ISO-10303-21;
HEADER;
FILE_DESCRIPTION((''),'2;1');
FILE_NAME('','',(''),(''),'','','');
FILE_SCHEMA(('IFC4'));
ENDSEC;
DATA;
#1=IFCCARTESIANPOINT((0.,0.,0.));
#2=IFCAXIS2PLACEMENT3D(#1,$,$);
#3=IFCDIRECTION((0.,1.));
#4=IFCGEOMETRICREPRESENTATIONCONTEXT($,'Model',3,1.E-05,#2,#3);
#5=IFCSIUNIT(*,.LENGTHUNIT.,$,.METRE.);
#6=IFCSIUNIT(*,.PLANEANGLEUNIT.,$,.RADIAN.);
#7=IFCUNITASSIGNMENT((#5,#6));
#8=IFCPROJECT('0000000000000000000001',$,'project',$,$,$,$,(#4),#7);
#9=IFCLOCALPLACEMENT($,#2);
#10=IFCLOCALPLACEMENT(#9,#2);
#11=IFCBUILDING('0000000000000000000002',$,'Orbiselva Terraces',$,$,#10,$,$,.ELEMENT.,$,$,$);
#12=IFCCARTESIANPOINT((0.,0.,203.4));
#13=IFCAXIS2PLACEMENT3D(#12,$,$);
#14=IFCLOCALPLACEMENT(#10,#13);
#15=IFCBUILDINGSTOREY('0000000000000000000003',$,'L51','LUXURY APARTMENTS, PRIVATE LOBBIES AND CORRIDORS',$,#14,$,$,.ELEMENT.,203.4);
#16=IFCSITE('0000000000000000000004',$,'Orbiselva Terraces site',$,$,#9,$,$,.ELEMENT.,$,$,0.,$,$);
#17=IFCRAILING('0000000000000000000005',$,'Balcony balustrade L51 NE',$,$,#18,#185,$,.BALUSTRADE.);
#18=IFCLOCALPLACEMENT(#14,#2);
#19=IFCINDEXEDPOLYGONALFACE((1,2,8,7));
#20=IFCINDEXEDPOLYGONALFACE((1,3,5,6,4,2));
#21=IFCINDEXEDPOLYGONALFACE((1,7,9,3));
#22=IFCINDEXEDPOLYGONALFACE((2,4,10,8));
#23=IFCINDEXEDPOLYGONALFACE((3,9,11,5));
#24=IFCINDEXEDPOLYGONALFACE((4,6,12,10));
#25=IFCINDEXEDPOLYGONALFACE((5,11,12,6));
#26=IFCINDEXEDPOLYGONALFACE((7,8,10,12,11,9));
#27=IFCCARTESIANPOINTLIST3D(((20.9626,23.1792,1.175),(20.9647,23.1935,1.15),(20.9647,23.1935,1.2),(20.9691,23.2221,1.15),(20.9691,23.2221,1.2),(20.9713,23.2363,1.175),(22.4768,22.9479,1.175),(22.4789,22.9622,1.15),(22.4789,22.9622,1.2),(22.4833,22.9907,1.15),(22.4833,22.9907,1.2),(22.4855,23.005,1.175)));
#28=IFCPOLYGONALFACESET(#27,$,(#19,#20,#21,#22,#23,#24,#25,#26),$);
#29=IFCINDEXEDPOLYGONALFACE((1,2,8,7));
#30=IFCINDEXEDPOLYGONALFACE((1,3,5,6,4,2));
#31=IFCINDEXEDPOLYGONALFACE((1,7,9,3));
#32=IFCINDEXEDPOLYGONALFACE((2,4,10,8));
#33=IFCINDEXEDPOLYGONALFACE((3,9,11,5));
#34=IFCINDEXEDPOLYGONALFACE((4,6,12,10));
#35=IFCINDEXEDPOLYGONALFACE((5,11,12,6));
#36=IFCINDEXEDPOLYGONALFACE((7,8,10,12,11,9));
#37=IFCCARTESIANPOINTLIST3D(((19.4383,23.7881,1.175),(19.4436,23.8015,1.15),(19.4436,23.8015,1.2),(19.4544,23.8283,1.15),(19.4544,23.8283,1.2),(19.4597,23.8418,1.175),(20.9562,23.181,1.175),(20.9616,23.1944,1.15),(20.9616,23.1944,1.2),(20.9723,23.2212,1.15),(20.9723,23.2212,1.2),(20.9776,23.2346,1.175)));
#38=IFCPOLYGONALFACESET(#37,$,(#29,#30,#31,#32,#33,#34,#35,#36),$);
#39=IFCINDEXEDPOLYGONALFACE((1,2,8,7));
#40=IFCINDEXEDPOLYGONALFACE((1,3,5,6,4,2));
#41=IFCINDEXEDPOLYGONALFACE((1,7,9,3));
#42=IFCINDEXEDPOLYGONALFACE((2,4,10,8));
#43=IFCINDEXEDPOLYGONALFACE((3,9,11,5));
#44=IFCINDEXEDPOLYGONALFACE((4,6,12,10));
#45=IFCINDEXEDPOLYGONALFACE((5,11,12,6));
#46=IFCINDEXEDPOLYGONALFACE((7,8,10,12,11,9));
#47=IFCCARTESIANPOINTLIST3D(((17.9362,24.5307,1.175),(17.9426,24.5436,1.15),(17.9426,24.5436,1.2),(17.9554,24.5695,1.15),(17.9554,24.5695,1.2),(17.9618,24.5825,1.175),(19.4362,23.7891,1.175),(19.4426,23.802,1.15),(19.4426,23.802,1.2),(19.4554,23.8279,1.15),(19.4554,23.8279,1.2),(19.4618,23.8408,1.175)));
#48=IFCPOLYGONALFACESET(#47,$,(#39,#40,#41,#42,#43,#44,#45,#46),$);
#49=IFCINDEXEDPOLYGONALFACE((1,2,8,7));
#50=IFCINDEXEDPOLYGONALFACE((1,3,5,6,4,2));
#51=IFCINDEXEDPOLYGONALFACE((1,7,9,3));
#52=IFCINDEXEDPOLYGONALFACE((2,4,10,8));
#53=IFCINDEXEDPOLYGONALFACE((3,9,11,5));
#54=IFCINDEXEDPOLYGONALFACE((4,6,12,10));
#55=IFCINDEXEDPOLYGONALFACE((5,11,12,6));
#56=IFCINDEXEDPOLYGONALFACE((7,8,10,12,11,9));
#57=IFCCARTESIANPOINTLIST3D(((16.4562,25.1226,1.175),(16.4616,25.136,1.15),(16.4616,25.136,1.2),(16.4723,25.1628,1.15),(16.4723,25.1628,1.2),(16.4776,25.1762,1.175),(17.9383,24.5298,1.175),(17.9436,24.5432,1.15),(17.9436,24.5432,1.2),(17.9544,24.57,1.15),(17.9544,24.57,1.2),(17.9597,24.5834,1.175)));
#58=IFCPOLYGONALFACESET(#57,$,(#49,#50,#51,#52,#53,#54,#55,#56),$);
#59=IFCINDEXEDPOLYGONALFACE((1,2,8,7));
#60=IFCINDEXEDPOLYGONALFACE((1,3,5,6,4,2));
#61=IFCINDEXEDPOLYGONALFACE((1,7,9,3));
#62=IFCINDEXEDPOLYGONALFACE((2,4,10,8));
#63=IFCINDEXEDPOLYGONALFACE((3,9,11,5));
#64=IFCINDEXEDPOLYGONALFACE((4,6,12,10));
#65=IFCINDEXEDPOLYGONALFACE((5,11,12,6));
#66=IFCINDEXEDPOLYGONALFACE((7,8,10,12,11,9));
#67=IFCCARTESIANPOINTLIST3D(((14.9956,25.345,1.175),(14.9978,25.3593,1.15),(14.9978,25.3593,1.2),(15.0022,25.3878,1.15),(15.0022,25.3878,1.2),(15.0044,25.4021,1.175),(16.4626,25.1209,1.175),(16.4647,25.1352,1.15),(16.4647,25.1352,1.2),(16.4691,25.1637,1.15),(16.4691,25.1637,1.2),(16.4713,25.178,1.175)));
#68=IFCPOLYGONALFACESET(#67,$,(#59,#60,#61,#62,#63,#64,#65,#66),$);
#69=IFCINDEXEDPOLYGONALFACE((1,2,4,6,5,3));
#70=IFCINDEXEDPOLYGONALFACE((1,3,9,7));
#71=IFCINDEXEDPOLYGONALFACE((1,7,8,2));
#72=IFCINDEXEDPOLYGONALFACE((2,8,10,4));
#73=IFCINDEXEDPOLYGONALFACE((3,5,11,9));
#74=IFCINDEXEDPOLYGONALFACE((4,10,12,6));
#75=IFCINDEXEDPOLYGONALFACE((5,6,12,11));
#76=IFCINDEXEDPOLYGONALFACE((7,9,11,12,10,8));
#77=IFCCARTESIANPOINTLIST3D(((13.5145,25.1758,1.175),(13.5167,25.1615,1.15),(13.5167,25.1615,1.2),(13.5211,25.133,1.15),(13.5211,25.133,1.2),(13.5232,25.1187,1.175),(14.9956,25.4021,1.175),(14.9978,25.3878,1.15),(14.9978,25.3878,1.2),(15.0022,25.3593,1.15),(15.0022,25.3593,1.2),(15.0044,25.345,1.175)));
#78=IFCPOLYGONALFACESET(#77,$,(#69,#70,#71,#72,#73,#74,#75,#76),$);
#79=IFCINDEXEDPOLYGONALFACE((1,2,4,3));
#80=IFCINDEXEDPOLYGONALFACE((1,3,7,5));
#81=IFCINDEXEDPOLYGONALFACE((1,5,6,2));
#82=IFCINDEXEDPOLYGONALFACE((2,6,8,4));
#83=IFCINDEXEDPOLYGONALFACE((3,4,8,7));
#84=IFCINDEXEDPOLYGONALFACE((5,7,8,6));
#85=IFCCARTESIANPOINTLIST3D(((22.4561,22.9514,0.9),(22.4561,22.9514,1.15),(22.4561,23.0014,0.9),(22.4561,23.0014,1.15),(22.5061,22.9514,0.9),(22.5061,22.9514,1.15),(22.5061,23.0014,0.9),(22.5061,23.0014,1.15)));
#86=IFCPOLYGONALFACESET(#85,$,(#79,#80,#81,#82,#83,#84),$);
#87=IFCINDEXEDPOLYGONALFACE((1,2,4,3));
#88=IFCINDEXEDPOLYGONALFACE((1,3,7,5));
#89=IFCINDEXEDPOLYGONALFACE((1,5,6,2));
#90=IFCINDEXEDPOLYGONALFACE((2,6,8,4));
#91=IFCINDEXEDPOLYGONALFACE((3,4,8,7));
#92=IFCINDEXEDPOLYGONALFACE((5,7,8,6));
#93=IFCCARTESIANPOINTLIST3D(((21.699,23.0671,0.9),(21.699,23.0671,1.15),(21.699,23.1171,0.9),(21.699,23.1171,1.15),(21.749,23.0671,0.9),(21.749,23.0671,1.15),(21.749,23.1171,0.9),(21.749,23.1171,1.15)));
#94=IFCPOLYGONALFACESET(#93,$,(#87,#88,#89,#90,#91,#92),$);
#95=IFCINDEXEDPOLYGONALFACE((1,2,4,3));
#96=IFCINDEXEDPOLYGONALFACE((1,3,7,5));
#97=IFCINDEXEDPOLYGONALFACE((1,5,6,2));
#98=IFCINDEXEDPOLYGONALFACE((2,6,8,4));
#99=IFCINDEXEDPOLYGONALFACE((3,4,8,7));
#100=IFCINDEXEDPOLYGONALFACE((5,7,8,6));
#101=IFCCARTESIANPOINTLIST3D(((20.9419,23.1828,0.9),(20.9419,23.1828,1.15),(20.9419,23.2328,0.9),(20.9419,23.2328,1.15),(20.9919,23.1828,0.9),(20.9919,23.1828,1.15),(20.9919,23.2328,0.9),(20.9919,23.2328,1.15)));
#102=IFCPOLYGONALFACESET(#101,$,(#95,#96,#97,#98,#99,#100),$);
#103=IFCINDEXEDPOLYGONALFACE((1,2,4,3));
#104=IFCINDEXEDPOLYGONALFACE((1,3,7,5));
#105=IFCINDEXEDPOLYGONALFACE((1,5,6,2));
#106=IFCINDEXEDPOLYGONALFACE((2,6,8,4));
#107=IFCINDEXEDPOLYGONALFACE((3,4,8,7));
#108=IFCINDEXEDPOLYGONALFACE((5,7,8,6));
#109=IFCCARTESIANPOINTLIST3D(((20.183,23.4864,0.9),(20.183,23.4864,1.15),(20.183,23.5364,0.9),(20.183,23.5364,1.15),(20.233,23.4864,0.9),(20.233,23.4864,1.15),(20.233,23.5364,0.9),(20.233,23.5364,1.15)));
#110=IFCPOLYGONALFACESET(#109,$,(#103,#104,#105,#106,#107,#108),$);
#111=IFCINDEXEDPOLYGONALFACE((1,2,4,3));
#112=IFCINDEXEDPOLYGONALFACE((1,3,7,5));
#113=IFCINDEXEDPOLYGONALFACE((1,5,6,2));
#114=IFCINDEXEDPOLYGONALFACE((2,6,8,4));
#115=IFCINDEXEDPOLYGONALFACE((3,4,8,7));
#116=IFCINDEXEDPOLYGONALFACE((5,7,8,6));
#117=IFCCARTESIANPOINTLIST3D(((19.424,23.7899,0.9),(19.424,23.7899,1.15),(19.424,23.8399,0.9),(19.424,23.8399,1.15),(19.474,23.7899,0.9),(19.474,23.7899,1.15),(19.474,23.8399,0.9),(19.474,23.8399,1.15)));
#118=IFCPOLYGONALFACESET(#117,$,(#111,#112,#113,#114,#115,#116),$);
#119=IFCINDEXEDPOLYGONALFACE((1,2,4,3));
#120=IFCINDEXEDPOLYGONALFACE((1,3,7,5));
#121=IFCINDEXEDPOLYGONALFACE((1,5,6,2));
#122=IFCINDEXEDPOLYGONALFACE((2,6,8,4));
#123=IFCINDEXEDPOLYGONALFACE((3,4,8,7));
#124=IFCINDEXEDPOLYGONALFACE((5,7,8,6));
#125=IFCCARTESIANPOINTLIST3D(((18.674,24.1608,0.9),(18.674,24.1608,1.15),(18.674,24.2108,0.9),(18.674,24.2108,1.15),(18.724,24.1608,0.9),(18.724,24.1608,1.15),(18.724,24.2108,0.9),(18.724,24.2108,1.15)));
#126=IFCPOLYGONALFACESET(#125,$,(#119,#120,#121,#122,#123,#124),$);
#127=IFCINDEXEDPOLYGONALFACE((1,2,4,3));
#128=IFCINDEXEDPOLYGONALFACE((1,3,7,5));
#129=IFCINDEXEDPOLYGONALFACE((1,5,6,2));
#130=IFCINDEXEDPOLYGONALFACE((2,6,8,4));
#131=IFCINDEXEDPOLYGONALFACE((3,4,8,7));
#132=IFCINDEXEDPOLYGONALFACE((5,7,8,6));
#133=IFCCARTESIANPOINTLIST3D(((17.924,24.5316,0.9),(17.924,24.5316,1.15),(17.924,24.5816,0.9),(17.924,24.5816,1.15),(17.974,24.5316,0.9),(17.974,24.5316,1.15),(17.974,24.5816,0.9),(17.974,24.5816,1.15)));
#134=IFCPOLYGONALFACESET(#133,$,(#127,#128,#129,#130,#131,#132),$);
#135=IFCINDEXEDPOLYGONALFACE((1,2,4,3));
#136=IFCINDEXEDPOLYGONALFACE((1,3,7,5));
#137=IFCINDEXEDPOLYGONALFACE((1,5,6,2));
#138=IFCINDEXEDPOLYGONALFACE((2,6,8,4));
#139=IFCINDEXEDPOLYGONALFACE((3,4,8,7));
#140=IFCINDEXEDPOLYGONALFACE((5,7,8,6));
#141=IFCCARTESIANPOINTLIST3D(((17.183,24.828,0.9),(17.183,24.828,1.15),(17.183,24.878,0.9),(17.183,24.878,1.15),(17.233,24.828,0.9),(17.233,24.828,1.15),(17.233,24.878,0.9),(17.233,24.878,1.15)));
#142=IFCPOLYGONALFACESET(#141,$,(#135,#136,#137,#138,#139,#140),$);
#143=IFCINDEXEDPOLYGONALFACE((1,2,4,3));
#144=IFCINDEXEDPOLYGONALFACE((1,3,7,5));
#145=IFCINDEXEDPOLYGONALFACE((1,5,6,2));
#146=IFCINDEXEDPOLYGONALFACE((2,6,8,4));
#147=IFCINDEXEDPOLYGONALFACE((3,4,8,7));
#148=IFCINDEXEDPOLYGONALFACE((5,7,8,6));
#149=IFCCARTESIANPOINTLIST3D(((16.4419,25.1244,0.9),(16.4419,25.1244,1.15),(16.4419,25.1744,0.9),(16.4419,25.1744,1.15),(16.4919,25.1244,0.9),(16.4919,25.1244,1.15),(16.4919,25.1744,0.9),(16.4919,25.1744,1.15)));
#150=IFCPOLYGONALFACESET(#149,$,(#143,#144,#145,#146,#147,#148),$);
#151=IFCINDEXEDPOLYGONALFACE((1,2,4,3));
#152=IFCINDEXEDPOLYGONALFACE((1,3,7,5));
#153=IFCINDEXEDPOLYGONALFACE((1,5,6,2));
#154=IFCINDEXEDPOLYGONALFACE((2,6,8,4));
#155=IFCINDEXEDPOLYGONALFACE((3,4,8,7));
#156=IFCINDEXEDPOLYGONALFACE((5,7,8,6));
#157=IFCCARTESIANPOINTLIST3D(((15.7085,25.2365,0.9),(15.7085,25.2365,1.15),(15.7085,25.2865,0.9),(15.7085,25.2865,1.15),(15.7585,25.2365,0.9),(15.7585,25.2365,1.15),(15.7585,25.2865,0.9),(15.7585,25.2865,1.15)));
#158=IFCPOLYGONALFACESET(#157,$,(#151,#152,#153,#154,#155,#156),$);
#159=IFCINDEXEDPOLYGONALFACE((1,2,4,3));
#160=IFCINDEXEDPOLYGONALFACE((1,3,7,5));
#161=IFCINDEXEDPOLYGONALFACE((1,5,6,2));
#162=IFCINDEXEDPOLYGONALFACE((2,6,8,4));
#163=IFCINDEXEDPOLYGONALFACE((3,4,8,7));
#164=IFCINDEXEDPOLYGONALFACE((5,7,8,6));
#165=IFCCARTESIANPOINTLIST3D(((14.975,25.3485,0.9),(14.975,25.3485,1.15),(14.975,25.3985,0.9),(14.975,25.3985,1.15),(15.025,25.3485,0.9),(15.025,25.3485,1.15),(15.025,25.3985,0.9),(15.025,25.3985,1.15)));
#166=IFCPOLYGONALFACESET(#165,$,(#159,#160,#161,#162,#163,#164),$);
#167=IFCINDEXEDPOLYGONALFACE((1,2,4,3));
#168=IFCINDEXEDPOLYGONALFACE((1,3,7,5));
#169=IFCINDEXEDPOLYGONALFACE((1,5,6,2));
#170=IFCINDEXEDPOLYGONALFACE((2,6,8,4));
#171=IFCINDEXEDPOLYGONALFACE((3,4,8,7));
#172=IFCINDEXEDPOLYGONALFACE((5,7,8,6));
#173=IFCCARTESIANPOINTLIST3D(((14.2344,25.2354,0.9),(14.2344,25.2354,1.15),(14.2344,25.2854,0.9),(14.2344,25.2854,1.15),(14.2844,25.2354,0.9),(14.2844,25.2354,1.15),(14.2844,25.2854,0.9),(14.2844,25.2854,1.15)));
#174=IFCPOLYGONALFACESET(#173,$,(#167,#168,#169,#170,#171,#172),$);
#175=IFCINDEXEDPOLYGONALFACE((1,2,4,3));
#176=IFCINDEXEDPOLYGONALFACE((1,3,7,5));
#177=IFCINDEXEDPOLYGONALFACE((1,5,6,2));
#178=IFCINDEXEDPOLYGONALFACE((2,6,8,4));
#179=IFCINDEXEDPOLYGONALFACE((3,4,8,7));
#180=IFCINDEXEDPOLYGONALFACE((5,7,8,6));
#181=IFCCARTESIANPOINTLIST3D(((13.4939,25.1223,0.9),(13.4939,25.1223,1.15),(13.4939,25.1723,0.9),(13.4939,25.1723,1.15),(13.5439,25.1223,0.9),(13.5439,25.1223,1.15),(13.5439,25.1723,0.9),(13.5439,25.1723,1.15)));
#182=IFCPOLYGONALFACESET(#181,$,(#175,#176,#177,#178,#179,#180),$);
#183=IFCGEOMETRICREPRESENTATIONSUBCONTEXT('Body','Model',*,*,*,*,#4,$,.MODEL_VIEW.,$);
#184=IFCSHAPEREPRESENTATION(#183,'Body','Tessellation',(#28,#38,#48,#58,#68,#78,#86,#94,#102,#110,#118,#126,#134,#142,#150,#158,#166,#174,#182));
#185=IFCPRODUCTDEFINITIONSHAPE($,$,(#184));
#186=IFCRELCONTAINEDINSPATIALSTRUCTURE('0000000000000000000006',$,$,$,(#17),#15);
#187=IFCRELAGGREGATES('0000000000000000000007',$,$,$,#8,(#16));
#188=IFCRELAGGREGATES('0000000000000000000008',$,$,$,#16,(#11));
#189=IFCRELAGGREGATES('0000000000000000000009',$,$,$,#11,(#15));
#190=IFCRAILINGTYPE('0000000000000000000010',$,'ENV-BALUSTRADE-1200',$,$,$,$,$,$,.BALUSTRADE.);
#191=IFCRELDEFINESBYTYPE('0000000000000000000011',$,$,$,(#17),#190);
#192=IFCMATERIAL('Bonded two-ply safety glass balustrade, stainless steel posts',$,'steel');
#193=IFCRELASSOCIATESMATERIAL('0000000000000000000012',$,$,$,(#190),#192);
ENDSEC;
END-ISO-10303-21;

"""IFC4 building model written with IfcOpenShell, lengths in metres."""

from ifc_helpers import new_model, si_unit, direction, frame, origin, origin_2d, place, context, subcontext, project, spatial, polyline, rectangle, outline, extrude, material, type_object, element, save


model = new_model("IFC4")

# Units and contexts
model_context = context("Model", 3, precision=1e-05, world=origin(), true_north=direction((0.0, 1.0)))
body_context = subcontext(model_context, "Body", "Model", "MODEL_VIEW")
ifc_project = project(units=[si_unit("LENGTHUNIT", "METRE"), si_unit("PLANEANGLEUNIT", "RADIAN")], contexts=[model_context])

# Site, building, storey
site_placement = place(None, origin())
site = spatial("IfcSite", under=ifc_project, at=site_placement, Name="Orbiselva Terraces site", CompositionType="ELEMENT", RefElevation=0.0)
building_placement = place(site_placement, origin())
building = spatial("IfcBuilding", under=site, at=building_placement, Name="Orbiselva Terraces", CompositionType="ELEMENT")
storey_placement = place(building_placement, frame((0.0, 0.0, 203.4)))
storey = spatial("IfcBuildingStorey", under=building, at=storey_placement, Name="L51", Description="LUXURY APARTMENTS, PRIVATE LOBBIES AND CORRIDORS", CompositionType="ELEMENT", Elevation=203.4)

# Railing
ifc_material_1 = material(Name="Bonded two-ply safety glass balustrade, stainless steel posts", Category="steel")
railing_type_1 = type_object("IfcRailingType", Name="ENV-BALUSTRADE-1200", PredefinedType="BALUSTRADE", material=ifc_material_1)
railing_1_placement = place(storey_placement, frame((22.4811, 22.9764, 0.9)))
element("IfcRailing", 1, at=railing_1_placement, inside=storey, type_object=railing_type_1, Name="Balcony balustrade L51 NE", PredefinedType="BALUSTRADE", context=body_context, shape_type="SweptSolid", body=[
    extrude(outline(polyline([(0.0289, 0.0), (0.0144, 0.025), (-0.0144, 0.025), (-0.0289, 0.0), (-0.0144, -0.025), (0.0144, -0.025), (0.0289, 0.0)])), frame((0.0, 0.0, 0.275), z_axis=(-0.988529, 0.151034, 0.0), x_axis=(-0.151034, -0.988529, 0.0)), (0.0, 0.0, 1.0), 1.5318),
    extrude(outline(polyline([(0.0289, 0.0), (0.0144, 0.025), (-0.0144, 0.025), (-0.0289, 0.0), (-0.0144, -0.025), (0.0144, -0.025), (0.0289, 0.0)])), frame((-1.5142, 0.2314, 0.275), z_axis=(-0.928477, 0.37139, 0.0), x_axis=(-0.37139, -0.928477, 0.0)), (0.0, 0.0, 1.0), 1.6348),
    extrude(outline(polyline([(0.0289, 0.0), (0.0144, 0.025), (-0.0144, 0.025), (-0.0289, 0.0), (-0.0144, -0.025), (0.0144, -0.025), (0.0289, 0.0)])), frame((-3.0321, 0.8385, 0.275), z_axis=(-0.896417, 0.443212, 0.0), x_axis=(-0.443212, -0.896417, 0.0)), (0.0, 0.0, 1.0), 1.6733),
    extrude(outline(polyline([(0.0289, 0.0), (0.0144, 0.025), (-0.0144, 0.025), (-0.0289, 0.0), (-0.0144, -0.025), (0.0144, -0.025), (0.0289, 0.0)])), frame((-4.5321, 1.5802, 0.275), z_axis=(-0.928477, 0.371391, 0.0), x_axis=(-0.371391, -0.928477, 0.0)), (0.0, 0.0, 1.0), 1.5963),
    extrude(outline(polyline([(0.0289, 0.0), (0.0144, 0.025), (-0.0144, 0.025), (-0.0289, 0.0), (-0.0144, -0.025), (0.0144, -0.025), (0.0289, 0.0)])), frame((-6.0142, 2.173, 0.275), z_axis=(-0.988529, 0.151034, 0.0), x_axis=(-0.151034, -0.988529, 0.0)), (0.0, 0.0, 1.0), 1.4839),
    extrude(outline(polyline([(0.0289, 0.0), (0.0144, 0.025), (-0.0144, 0.025), (-0.0289, 0.0), (-0.0144, -0.025), (0.0144, -0.025), (0.0289, 0.0)])), frame((-7.4811, 2.3971, 0.275), z_axis=(-0.988529, -0.151034, 0.0), x_axis=(0.151034, -0.988529, 0.0)), (0.0, 0.0, 1.0), 1.4983),
    extrude(rectangle(XDim=0.05, YDim=0.05, at=origin_2d()), origin(), (0.0, 0.0, 1.0), 0.25),
    extrude(rectangle(XDim=0.05, YDim=0.05, at=origin_2d()), frame((-0.7571, 0.1157, 0.0)), (0.0, 0.0, 1.0), 0.25),
    extrude(rectangle(XDim=0.05, YDim=0.05, at=origin_2d()), frame((-1.5142, 0.2314, 0.0)), (0.0, 0.0, 1.0), 0.25),
    extrude(rectangle(XDim=0.05, YDim=0.05, at=origin_2d()), frame((-2.2732, 0.5349, 0.0)), (0.0, 0.0, 1.0), 0.25),
    extrude(rectangle(XDim=0.05, YDim=0.05, at=origin_2d()), frame((-3.0321, 0.8385, 0.0)), (0.0, 0.0, 1.0), 0.25),
    extrude(rectangle(XDim=0.05, YDim=0.05, at=origin_2d()), frame((-3.7821, 1.2093, 0.0)), (0.0, 0.0, 1.0), 0.25),
    extrude(rectangle(XDim=0.05, YDim=0.05, at=origin_2d()), frame((-4.5321, 1.5802, 0.0)), (0.0, 0.0, 1.0), 0.25),
    extrude(rectangle(XDim=0.05, YDim=0.05, at=origin_2d()), frame((-5.2732, 1.8766, 0.0)), (0.0, 0.0, 1.0), 0.25),
    extrude(rectangle(XDim=0.05, YDim=0.05, at=origin_2d()), frame((-6.0142, 2.173, 0.0)), (0.0, 0.0, 1.0), 0.25),
    extrude(rectangle(XDim=0.05, YDim=0.05, at=origin_2d()), frame((-6.7477, 2.2851, 0.0)), (0.0, 0.0, 1.0), 0.25),
    extrude(rectangle(XDim=0.05, YDim=0.05, at=origin_2d()), frame((-7.4811, 2.3971, 0.0)), (0.0, 0.0, 1.0), 0.25),
    extrude(rectangle(XDim=0.05, YDim=0.05, at=origin_2d()), frame((-8.2217, 2.284, 0.0)), (0.0, 0.0, 1.0), 0.25),
    extrude(rectangle(XDim=0.05, YDim=0.05, at=origin_2d()), frame((-8.9622, 2.1708, 0.0)), (0.0, 0.0, 1.0), 0.25),
])

save(model, "model.ifc")
